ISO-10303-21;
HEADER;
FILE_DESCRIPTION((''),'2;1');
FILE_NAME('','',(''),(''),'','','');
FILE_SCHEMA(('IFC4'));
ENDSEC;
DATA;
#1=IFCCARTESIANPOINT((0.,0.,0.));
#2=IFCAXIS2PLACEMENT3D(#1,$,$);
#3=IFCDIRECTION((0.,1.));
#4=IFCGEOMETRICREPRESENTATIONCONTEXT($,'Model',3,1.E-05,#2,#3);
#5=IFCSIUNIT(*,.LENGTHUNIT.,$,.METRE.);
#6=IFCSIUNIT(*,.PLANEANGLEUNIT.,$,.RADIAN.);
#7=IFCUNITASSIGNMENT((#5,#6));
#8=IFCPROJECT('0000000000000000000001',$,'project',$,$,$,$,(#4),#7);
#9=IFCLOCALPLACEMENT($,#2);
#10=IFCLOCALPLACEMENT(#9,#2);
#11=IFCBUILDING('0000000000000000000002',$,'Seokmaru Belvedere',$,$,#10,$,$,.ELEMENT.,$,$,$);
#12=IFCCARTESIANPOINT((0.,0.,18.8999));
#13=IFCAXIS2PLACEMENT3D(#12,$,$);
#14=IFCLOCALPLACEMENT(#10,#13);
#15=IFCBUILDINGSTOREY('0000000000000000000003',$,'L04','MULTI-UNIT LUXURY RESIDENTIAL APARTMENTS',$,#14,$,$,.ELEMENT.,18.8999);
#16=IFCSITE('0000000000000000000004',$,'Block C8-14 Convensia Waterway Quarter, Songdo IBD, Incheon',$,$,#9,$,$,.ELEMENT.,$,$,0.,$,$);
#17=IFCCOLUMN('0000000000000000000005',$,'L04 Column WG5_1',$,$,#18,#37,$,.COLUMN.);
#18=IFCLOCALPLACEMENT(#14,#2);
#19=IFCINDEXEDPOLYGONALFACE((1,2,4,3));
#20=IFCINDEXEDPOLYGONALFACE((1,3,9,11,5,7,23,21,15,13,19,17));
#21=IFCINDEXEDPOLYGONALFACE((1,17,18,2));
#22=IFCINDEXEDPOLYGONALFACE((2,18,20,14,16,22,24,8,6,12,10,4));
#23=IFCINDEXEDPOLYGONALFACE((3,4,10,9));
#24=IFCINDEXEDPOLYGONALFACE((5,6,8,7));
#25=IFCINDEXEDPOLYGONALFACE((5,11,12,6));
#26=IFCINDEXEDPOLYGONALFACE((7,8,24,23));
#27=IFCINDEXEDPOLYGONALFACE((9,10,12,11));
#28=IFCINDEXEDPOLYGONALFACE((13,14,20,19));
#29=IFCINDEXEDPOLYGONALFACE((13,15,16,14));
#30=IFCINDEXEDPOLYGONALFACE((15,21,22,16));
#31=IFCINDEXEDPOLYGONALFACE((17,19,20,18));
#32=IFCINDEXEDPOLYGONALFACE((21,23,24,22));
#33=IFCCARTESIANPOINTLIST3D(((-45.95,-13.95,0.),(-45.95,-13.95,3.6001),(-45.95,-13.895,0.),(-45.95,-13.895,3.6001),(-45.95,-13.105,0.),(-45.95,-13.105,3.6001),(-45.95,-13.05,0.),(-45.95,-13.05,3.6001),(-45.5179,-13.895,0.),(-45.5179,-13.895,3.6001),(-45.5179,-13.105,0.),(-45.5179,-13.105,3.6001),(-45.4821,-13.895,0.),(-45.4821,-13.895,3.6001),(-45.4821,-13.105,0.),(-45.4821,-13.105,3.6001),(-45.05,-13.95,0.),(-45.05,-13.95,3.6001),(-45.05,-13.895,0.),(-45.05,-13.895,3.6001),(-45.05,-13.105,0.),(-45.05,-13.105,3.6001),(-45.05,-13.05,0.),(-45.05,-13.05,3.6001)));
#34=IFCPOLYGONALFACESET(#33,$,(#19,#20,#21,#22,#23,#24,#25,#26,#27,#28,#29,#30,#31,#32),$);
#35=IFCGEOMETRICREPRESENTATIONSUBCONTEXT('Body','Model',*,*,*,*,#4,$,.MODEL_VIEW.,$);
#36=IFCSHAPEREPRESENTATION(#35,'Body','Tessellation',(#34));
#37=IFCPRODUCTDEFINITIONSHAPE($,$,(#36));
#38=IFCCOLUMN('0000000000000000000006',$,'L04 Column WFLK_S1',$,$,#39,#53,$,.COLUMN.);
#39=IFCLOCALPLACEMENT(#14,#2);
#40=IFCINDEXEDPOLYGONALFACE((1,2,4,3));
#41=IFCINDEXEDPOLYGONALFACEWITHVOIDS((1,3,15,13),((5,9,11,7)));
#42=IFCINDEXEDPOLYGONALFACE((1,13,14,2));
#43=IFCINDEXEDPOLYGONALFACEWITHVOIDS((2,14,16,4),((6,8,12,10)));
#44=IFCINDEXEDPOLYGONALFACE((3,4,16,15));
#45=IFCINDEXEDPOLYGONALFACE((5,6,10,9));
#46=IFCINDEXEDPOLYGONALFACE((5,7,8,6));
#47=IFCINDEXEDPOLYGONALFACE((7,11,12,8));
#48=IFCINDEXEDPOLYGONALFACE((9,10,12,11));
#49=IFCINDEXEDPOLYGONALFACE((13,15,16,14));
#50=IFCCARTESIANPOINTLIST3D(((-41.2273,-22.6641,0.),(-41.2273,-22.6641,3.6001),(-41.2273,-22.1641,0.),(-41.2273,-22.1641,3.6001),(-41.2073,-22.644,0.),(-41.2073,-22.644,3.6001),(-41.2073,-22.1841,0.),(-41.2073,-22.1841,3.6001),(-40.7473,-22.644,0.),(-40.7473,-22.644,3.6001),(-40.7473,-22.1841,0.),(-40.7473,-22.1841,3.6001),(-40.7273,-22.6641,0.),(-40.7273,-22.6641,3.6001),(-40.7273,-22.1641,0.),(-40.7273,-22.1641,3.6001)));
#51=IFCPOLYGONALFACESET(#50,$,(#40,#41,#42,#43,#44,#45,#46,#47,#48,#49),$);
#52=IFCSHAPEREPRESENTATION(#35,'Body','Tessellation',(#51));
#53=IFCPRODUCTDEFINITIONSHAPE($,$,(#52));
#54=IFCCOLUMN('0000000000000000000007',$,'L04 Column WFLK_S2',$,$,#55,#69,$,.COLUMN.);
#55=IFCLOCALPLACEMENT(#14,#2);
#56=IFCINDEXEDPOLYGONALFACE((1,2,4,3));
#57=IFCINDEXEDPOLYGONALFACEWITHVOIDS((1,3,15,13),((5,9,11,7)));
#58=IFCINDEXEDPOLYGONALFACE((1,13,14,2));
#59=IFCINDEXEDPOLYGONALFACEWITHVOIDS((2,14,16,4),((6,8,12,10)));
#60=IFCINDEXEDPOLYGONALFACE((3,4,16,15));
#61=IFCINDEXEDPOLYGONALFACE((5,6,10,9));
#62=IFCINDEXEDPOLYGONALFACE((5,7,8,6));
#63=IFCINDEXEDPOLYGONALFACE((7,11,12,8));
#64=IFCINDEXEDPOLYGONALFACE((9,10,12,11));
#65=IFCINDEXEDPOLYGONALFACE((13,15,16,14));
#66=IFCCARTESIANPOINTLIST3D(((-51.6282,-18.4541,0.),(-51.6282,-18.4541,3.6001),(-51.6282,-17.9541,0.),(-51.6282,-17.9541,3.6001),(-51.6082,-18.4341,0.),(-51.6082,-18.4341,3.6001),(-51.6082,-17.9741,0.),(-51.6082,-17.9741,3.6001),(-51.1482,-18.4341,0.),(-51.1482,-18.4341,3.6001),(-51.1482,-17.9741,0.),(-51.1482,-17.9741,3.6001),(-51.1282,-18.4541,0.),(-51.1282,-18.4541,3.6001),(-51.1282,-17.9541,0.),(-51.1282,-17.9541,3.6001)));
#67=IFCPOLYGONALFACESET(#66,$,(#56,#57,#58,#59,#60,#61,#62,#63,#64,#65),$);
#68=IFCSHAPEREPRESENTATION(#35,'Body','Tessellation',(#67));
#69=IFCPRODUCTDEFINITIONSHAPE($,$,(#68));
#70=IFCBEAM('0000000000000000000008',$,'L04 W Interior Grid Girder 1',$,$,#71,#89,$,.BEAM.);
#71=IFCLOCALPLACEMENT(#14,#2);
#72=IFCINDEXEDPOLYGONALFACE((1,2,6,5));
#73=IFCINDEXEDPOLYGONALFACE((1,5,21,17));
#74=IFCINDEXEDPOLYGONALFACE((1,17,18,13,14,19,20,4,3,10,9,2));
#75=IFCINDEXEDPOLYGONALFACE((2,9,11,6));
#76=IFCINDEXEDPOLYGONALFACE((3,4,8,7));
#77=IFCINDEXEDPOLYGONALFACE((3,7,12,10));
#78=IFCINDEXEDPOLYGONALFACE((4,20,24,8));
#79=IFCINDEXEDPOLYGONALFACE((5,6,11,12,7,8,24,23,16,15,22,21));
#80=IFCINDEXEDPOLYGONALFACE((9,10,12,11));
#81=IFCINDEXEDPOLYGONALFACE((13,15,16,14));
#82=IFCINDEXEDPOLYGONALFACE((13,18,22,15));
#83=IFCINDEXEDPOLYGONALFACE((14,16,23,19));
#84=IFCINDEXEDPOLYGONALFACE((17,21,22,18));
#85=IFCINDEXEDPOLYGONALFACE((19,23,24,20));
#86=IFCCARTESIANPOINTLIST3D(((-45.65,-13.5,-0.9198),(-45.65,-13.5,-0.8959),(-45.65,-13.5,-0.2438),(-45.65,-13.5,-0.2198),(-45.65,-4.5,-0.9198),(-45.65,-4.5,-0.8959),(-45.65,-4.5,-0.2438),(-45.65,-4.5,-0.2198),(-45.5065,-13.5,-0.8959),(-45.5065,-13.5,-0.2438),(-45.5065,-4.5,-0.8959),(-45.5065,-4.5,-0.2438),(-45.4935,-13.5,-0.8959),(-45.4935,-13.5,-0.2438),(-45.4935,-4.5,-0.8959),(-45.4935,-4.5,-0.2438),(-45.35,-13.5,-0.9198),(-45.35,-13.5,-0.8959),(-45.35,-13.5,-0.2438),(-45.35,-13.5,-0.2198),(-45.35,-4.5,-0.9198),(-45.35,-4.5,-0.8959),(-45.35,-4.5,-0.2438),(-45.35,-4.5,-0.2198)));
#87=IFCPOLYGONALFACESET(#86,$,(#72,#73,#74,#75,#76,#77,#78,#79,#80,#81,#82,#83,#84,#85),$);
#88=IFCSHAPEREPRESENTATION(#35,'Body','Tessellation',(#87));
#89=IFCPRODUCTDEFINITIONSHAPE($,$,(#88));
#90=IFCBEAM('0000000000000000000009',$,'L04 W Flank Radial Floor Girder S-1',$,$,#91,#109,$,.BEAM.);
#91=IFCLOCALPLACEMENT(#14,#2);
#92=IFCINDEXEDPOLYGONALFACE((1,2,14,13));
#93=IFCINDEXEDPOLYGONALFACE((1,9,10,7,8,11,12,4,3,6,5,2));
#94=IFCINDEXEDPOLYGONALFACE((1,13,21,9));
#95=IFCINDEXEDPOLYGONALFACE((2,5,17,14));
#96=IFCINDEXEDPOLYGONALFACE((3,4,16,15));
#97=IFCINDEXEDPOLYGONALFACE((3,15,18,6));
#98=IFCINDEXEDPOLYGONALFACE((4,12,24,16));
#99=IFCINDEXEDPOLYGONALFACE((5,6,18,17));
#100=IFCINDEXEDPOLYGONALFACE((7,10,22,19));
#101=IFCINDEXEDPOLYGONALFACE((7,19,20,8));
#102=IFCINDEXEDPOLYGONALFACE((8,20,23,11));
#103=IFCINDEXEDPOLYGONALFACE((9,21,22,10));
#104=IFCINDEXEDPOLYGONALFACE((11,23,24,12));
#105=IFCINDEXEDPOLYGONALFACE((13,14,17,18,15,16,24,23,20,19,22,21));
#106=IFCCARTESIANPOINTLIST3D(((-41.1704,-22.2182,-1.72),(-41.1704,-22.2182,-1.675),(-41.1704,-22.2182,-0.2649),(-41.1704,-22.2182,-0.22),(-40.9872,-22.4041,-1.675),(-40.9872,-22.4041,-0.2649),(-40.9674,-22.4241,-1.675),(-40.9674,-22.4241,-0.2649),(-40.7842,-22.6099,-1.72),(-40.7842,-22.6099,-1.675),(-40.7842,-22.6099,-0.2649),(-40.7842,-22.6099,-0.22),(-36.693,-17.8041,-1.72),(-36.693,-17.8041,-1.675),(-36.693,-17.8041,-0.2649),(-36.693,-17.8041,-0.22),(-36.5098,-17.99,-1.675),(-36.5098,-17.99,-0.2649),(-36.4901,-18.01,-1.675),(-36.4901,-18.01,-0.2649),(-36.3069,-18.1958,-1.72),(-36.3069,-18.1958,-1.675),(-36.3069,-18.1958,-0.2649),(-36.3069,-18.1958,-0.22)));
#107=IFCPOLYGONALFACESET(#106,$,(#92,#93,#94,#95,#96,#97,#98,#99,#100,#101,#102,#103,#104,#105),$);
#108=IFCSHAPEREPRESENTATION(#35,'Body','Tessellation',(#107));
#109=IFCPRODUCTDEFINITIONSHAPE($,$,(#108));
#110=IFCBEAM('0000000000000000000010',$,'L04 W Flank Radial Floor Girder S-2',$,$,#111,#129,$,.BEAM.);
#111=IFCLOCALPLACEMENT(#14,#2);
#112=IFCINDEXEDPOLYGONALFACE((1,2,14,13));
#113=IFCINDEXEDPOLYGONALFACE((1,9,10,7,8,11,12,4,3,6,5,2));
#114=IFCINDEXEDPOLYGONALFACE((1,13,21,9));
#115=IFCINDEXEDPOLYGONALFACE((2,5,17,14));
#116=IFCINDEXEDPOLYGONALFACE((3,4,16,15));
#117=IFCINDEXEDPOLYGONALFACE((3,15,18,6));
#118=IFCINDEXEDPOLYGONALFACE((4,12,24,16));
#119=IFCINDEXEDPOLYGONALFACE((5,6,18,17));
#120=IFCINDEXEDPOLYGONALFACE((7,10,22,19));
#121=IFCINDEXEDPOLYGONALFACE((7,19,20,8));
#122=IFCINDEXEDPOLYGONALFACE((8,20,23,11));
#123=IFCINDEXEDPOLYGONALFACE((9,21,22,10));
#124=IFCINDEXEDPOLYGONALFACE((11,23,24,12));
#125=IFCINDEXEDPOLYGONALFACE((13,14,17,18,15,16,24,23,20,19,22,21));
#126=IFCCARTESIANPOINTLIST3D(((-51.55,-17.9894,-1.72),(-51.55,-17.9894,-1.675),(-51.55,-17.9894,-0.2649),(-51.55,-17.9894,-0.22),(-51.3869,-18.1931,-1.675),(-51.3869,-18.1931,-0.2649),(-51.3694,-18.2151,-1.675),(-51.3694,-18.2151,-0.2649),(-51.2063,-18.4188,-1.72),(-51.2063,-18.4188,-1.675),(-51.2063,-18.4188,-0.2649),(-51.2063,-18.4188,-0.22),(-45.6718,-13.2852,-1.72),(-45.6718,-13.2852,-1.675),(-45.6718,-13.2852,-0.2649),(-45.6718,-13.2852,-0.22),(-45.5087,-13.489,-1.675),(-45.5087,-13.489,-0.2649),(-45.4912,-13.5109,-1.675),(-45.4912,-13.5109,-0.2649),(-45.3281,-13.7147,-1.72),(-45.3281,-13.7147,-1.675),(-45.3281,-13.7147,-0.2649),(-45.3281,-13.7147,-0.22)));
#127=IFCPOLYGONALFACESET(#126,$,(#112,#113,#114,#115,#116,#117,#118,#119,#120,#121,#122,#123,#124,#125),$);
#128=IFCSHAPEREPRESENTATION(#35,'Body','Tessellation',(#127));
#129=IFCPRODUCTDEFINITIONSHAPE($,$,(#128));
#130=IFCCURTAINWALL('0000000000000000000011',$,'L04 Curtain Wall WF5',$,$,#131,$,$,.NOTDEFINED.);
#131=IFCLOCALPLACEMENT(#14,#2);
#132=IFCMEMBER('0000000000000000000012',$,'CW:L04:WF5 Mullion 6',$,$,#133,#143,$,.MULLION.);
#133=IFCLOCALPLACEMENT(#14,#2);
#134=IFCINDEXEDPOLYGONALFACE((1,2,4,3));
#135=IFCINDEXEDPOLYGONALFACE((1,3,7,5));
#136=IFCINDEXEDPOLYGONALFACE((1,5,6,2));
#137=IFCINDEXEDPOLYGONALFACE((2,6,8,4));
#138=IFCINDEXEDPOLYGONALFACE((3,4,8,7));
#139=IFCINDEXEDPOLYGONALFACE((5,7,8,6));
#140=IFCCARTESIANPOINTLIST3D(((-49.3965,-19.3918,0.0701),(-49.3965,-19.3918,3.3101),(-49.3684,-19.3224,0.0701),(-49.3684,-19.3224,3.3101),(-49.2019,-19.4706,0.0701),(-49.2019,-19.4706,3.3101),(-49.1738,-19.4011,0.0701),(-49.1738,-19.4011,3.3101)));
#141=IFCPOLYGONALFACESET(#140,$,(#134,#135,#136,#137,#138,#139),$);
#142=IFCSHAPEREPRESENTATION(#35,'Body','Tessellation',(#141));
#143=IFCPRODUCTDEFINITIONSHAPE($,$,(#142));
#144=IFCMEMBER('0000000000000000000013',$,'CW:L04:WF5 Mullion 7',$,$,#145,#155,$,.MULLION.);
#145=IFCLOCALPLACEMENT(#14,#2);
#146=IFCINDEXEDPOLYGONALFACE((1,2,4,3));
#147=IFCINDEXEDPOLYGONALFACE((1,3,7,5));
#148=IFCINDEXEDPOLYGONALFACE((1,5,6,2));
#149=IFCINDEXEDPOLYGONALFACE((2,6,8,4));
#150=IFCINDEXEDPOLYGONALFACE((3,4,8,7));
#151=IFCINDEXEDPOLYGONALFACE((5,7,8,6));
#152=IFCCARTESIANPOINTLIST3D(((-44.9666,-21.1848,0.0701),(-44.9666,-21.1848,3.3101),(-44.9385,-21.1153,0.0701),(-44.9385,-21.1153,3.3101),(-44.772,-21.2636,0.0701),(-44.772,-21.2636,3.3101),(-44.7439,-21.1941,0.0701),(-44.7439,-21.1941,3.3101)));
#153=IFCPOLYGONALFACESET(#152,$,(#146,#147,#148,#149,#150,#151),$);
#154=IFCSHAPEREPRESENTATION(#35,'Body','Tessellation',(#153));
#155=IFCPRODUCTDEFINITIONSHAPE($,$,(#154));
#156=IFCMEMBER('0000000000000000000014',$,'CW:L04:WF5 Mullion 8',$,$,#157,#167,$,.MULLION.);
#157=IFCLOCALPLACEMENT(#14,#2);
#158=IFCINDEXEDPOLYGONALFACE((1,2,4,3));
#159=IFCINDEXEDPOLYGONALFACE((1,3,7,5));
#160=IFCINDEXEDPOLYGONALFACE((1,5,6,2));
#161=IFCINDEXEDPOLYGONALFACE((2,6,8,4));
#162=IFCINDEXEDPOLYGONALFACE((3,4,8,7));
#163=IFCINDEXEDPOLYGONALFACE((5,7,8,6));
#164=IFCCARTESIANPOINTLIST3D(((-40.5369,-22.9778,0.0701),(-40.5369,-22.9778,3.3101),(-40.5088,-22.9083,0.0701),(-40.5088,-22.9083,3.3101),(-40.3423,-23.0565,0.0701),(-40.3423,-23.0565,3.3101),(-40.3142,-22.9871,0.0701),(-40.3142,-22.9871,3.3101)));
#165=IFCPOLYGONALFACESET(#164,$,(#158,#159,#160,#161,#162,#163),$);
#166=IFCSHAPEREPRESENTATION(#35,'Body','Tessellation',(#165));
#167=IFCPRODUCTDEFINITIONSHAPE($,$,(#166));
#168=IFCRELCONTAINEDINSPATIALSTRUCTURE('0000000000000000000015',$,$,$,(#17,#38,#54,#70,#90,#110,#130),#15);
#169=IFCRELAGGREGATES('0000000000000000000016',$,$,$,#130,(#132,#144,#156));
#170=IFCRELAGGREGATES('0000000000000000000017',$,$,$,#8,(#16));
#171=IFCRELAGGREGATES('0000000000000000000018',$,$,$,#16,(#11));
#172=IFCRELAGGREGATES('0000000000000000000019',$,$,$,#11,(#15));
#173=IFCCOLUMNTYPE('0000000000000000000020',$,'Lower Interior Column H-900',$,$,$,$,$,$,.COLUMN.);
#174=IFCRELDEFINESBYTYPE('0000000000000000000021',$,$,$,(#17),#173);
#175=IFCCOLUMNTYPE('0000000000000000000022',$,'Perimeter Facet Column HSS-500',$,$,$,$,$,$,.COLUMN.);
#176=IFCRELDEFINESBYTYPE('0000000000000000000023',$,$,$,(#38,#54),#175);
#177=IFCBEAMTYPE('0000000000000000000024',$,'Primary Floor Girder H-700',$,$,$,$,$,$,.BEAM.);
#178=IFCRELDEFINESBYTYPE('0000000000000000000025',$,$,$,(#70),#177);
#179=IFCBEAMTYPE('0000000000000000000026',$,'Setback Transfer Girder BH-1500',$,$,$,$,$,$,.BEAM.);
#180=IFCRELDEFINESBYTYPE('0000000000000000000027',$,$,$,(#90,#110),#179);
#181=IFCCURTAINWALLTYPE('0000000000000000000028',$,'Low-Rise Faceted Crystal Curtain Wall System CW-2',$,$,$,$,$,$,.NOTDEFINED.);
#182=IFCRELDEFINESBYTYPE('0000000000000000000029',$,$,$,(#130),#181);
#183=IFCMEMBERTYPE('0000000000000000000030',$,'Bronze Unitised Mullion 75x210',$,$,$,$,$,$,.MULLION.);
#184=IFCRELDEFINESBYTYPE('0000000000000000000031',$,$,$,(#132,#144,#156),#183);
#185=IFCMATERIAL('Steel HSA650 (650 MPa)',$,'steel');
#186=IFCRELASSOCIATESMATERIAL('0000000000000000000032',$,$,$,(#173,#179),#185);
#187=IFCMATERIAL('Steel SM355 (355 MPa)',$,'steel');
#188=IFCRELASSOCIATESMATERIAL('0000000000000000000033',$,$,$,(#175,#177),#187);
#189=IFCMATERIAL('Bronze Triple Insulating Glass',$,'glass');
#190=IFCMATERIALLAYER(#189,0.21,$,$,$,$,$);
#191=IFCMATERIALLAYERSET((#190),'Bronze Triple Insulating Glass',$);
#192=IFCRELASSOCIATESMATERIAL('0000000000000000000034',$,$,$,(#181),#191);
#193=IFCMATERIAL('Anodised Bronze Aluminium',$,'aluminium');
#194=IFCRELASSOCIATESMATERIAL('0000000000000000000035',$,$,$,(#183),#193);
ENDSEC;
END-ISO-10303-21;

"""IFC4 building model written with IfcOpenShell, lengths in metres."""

from ifc_helpers import new_model, si_unit, direction, frame, origin, origin_2d, place, context, subcontext, project, spatial, rectangle, hollow_rectangle, i_section, extrude, source, transform, mapped, material, layer, layer_set, material_profile, profile_set, type_object, type_shapes, element, aggregate, save


model = new_model("IFC4")

# Units and contexts
model_context = context("Model", 3, precision=1e-05, world=origin(), true_north=direction((0.0, 1.0)))
body_context = subcontext(model_context, "Body", "Model", "MODEL_VIEW")
ifc_project = project(units=[si_unit("LENGTHUNIT", "METRE"), si_unit("PLANEANGLEUNIT", "RADIAN")], contexts=[model_context])

# Site, building, storey
site_placement = place(None, origin())
site = spatial("IfcSite", under=ifc_project, at=site_placement, Name="Block C8-14 Convensia Waterway Quarter, Songdo IBD, Incheon", CompositionType="ELEMENT", RefElevation=0.0)
building_placement = place(site_placement, origin())
building = spatial("IfcBuilding", under=site, at=building_placement, Name="Seokmaru Belvedere", CompositionType="ELEMENT")
storey_placement = place(building_placement, frame((0.0, 0.0, 18.8999)))
storey = spatial("IfcBuildingStorey", under=building, at=storey_placement, Name="L04", Description="MULTI-UNIT LUXURY RESIDENTIAL APARTMENTS", CompositionType="ELEMENT", Elevation=18.8999)

# Columns
ifc_material_1 = material(Name="Steel HSA650 (650 MPa)", Category="steel")
ifc_material_profile_1 = material_profile(ifc_material_1, i_section(OverallWidth=0.8999, OverallDepth=0.8999, WebThickness=0.0359, FlangeThickness=0.0549, at=origin_2d()), Name="H-900x900x36x55")
ifc_profile_set_1 = profile_set([ifc_material_profile_1], Name="Steel HSA650 (650 MPa)")
column_type_1 = type_object("IfcColumnType", Name="Lower Interior Column H-900", PredefinedType="COLUMN", material=ifc_profile_set_1)
shared_shape_1 = source(origin(), body_context, "Body", "SweptSolid", [
    extrude(i_section(OverallWidth=0.8999, OverallDepth=0.8999, WebThickness=0.0359, FlangeThickness=0.0549, at=origin_2d()), origin(), (0.0, 0.0, 1.0), 3.6001),
])
type_shapes(column_type_1, [shared_shape_1])
column_placement = place(storey_placement, frame((-45.5, -13.5, 0.0), z_axis=(0.0, 0.0, 1.0), x_axis=(1.0, 0.0, 0.0)))
element("IfcColumn", 1, at=column_placement, inside=storey, type_object=column_type_1, Name="L04 Column WG5_1", PredefinedType="COLUMN", context=body_context, shape_type="MappedRepresentation", body=[
    mapped(shared_shape_1, transform((0.0, 0.0, 0.0), scale=1.0)),
])
ifc_material_2 = material(Name="Steel SM355 (355 MPa)", Category="steel")
ifc_material_profile_2 = material_profile(ifc_material_2, hollow_rectangle(XDim=0.5, YDim=0.5, WallThickness=0.02, at=origin_2d()), Name="HSS-500x500x20")
ifc_profile_set_2 = profile_set([ifc_material_profile_2], Name="Steel SM355 (355 MPa)")
column_type_2 = type_object("IfcColumnType", Name="Perimeter Facet Column HSS-500", PredefinedType="COLUMN", material=ifc_profile_set_2)
shared_shape_2 = source(origin(), body_context, "Body", "SweptSolid", [
    extrude(hollow_rectangle(XDim=0.5, YDim=0.5, WallThickness=0.02, at=origin_2d()), origin(), (0.0, 0.0, 1.0), 3.6001),
])
type_shapes(column_type_2, [shared_shape_2])
for number, where, z_axis, x_axis, name in (
    (2, (-40.9773, -22.4141, 0.0), (0.0, 0.0, 1.0), (1.0, 0.0, 0.0), "L04 Column WFLK_S1"),
    (3, (-51.3782, -18.2041, 0.0), (0.0, 0.0, 1.0), (1.0, 0.0, 0.0), "L04 Column WFLK_S2"),
):
    element("IfcColumn", number, at=place(storey_placement, frame(where, z_axis=z_axis, x_axis=x_axis)), inside=storey, type_object=column_type_2, Name=name, PredefinedType="COLUMN", context=body_context, shape_type="MappedRepresentation", body=[
        mapped(shared_shape_2, transform((0.0, 0.0, 0.0), scale=1.0)),
    ])

# Beams
ifc_material_profile_3 = material_profile(ifc_material_2, i_section(OverallWidth=0.3, OverallDepth=0.7, WebThickness=0.0129, FlangeThickness=0.0239, at=origin_2d()), Name="H-700x300x13x24")
ifc_profile_set_3 = profile_set([ifc_material_profile_3], Name="Steel SM355 (355 MPa)")
beam_type_1 = type_object("IfcBeamType", Name="Primary Floor Girder H-700", PredefinedType="BEAM", material=ifc_profile_set_3)
shared_shape_3 = source(origin(), body_context, "Body", "SweptSolid", [
    extrude(i_section(OverallWidth=0.3, OverallDepth=0.7, WebThickness=0.0129, FlangeThickness=0.0239, at=origin_2d()), origin(), (0.0, 0.0, 1.0), 9.0),
])
type_shapes(beam_type_1, [shared_shape_3])
beam_1_placement = place(storey_placement, frame((-45.5, -13.5, -0.5698), z_axis=(0.0, 1.0, 0.0), x_axis=(-1.0, 0.0, 0.0)))
element("IfcBeam", 4, at=beam_1_placement, inside=storey, type_object=beam_type_1, Name="L04 W Interior Grid Girder 1", PredefinedType="BEAM", context=body_context, shape_type="MappedRepresentation", body=[
    mapped(shared_shape_3, transform((0.0, 0.0, 0.0), scale=1.0)),
])
ifc_material_profile_4 = material_profile(ifc_material_1, i_section(OverallWidth=0.55, OverallDepth=1.5, WebThickness=0.0281, FlangeThickness=0.0449, at=origin_2d()), Name="BH-1500x550x28x45")
ifc_profile_set_4 = profile_set([ifc_material_profile_4], Name="Steel HSA650 (650 MPa)")
beam_type_2 = type_object("IfcBeamType", Name="Setback Transfer Girder BH-1500", PredefinedType="BEAM", material=ifc_profile_set_4)
shared_shape_4 = source(origin(), body_context, "Body", "SweptSolid", [
    extrude(i_section(OverallWidth=0.55, OverallDepth=1.5, WebThickness=0.0281, FlangeThickness=0.0449, at=origin_2d()), origin(), (0.0, 0.0, 1.0), 6.2874),
])
beam_2_placement = place(storey_placement, frame((-40.9773, -22.4141, -0.97), z_axis=(0.712117, 0.70206, 0.0), x_axis=(-0.70206, 0.712117, 0.0)))
element("IfcBeam", 5, at=beam_2_placement, inside=storey, type_object=beam_type_2, Name="L04 W Flank Radial Floor Girder S-1", PredefinedType="BEAM", context=body_context, shape_type="MappedRepresentation", body=[
    mapped(shared_shape_4, transform((0.0, 0.0, 0.0), scale=1.0)),
])
shared_shape_5 = source(origin(), body_context, "Body", "SweptSolid", [
    extrude(i_section(OverallWidth=0.55, OverallDepth=1.5, WebThickness=0.0281, FlangeThickness=0.0449, at=origin_2d()), origin(), (0.0, 0.0, 1.0), 7.5288),
])
type_shapes(beam_type_2, [shared_shape_4, shared_shape_5])
beam_3_placement = place(storey_placement, frame((-51.3782, -18.2041, -0.97), z_axis=(0.780768, 0.624822, 0.0), x_axis=(-0.624822, 0.780768, 0.0)))
element("IfcBeam", 6, at=beam_3_placement, inside=storey, type_object=beam_type_2, Name="L04 W Flank Radial Floor Girder S-2", PredefinedType="BEAM", context=body_context, shape_type="MappedRepresentation", body=[
    mapped(shared_shape_5, transform((0.0, 0.0, 0.0), scale=1.0)),
])

# Curtain wall, members
ifc_material_3 = material(Name="Bronze Triple Insulating Glass", Category="glass")
ifc_layer_1 = layer(ifc_material_3, 0.21)
ifc_layer_set_1 = layer_set([ifc_layer_1], Name="Bronze Triple Insulating Glass")
curtain_wall_type = type_object("IfcCurtainWallType", Name="Low-Rise Faceted Crystal Curtain Wall System CW-2", PredefinedType="NOTDEFINED", material=ifc_layer_set_1)
curtain_wall_placement = place(storey_placement, origin())
curtain_wall = element("IfcCurtainWall", 7, at=curtain_wall_placement, inside=storey, type_object=curtain_wall_type, Name="L04 Curtain Wall WF5", PredefinedType="NOTDEFINED")
ifc_material_4 = material(Name="Anodised Bronze Aluminium", Category="aluminium")
ifc_material_profile_5 = material_profile(ifc_material_4, rectangle(XDim=0.075, YDim=0.21, at=origin_2d()), Name="CW-M-75x210")
ifc_profile_set_5 = profile_set([ifc_material_profile_5], Name="Anodised Bronze Aluminium")
member_type = type_object("IfcMemberType", Name="Bronze Unitised Mullion 75x210", PredefinedType="MULLION", material=ifc_profile_set_5)
shared_shape_6 = source(origin(), body_context, "Body", "SweptSolid", [
    extrude(rectangle(XDim=0.075, YDim=0.21, at=origin_2d()), origin(), (0.0, 0.0, 1.0), 3.24),
])
type_shapes(member_type, [shared_shape_6])
member_1_placement = place(storey_placement, frame((-49.2852, -19.3965, 0.0701), z_axis=(0.0, 0.0, 1.0), x_axis=(0.375192, 0.926947, 0.0)))
member_1 = element("IfcMember", 8, at=member_1_placement, type_object=member_type, Name="CW:L04:WF5 Mullion 6", PredefinedType="MULLION", context=body_context, shape_type="MappedRepresentation", body=[
    mapped(shared_shape_6, transform((0.0, 0.0, 0.0), scale=1.0)),
])
member_2_placement = place(storey_placement, frame((-44.8552, -21.1895, 0.0701), z_axis=(0.0, 0.0, 1.0), x_axis=(0.375192, 0.926947, 0.0)))
member_2 = element("IfcMember", 9, at=member_2_placement, type_object=member_type, Name="CW:L04:WF5 Mullion 7", PredefinedType="MULLION", context=body_context, shape_type="MappedRepresentation", body=[
    mapped(shared_shape_6, transform((0.0, 0.0, 0.0), scale=1.0)),
])
member_3_placement = place(storey_placement, frame((-40.4255, -22.9824, 0.0701), z_axis=(0.0, 0.0, 1.0), x_axis=(0.375192, 0.926947, 0.0)))
member_3 = element("IfcMember", 10, at=member_3_placement, type_object=member_type, Name="CW:L04:WF5 Mullion 8", PredefinedType="MULLION", context=body_context, shape_type="MappedRepresentation", body=[
    mapped(shared_shape_6, transform((0.0, 0.0, 0.0), scale=1.0)),
])
aggregate(curtain_wall, [member_1, member_2, member_3])

save(model, "model.ifc")
